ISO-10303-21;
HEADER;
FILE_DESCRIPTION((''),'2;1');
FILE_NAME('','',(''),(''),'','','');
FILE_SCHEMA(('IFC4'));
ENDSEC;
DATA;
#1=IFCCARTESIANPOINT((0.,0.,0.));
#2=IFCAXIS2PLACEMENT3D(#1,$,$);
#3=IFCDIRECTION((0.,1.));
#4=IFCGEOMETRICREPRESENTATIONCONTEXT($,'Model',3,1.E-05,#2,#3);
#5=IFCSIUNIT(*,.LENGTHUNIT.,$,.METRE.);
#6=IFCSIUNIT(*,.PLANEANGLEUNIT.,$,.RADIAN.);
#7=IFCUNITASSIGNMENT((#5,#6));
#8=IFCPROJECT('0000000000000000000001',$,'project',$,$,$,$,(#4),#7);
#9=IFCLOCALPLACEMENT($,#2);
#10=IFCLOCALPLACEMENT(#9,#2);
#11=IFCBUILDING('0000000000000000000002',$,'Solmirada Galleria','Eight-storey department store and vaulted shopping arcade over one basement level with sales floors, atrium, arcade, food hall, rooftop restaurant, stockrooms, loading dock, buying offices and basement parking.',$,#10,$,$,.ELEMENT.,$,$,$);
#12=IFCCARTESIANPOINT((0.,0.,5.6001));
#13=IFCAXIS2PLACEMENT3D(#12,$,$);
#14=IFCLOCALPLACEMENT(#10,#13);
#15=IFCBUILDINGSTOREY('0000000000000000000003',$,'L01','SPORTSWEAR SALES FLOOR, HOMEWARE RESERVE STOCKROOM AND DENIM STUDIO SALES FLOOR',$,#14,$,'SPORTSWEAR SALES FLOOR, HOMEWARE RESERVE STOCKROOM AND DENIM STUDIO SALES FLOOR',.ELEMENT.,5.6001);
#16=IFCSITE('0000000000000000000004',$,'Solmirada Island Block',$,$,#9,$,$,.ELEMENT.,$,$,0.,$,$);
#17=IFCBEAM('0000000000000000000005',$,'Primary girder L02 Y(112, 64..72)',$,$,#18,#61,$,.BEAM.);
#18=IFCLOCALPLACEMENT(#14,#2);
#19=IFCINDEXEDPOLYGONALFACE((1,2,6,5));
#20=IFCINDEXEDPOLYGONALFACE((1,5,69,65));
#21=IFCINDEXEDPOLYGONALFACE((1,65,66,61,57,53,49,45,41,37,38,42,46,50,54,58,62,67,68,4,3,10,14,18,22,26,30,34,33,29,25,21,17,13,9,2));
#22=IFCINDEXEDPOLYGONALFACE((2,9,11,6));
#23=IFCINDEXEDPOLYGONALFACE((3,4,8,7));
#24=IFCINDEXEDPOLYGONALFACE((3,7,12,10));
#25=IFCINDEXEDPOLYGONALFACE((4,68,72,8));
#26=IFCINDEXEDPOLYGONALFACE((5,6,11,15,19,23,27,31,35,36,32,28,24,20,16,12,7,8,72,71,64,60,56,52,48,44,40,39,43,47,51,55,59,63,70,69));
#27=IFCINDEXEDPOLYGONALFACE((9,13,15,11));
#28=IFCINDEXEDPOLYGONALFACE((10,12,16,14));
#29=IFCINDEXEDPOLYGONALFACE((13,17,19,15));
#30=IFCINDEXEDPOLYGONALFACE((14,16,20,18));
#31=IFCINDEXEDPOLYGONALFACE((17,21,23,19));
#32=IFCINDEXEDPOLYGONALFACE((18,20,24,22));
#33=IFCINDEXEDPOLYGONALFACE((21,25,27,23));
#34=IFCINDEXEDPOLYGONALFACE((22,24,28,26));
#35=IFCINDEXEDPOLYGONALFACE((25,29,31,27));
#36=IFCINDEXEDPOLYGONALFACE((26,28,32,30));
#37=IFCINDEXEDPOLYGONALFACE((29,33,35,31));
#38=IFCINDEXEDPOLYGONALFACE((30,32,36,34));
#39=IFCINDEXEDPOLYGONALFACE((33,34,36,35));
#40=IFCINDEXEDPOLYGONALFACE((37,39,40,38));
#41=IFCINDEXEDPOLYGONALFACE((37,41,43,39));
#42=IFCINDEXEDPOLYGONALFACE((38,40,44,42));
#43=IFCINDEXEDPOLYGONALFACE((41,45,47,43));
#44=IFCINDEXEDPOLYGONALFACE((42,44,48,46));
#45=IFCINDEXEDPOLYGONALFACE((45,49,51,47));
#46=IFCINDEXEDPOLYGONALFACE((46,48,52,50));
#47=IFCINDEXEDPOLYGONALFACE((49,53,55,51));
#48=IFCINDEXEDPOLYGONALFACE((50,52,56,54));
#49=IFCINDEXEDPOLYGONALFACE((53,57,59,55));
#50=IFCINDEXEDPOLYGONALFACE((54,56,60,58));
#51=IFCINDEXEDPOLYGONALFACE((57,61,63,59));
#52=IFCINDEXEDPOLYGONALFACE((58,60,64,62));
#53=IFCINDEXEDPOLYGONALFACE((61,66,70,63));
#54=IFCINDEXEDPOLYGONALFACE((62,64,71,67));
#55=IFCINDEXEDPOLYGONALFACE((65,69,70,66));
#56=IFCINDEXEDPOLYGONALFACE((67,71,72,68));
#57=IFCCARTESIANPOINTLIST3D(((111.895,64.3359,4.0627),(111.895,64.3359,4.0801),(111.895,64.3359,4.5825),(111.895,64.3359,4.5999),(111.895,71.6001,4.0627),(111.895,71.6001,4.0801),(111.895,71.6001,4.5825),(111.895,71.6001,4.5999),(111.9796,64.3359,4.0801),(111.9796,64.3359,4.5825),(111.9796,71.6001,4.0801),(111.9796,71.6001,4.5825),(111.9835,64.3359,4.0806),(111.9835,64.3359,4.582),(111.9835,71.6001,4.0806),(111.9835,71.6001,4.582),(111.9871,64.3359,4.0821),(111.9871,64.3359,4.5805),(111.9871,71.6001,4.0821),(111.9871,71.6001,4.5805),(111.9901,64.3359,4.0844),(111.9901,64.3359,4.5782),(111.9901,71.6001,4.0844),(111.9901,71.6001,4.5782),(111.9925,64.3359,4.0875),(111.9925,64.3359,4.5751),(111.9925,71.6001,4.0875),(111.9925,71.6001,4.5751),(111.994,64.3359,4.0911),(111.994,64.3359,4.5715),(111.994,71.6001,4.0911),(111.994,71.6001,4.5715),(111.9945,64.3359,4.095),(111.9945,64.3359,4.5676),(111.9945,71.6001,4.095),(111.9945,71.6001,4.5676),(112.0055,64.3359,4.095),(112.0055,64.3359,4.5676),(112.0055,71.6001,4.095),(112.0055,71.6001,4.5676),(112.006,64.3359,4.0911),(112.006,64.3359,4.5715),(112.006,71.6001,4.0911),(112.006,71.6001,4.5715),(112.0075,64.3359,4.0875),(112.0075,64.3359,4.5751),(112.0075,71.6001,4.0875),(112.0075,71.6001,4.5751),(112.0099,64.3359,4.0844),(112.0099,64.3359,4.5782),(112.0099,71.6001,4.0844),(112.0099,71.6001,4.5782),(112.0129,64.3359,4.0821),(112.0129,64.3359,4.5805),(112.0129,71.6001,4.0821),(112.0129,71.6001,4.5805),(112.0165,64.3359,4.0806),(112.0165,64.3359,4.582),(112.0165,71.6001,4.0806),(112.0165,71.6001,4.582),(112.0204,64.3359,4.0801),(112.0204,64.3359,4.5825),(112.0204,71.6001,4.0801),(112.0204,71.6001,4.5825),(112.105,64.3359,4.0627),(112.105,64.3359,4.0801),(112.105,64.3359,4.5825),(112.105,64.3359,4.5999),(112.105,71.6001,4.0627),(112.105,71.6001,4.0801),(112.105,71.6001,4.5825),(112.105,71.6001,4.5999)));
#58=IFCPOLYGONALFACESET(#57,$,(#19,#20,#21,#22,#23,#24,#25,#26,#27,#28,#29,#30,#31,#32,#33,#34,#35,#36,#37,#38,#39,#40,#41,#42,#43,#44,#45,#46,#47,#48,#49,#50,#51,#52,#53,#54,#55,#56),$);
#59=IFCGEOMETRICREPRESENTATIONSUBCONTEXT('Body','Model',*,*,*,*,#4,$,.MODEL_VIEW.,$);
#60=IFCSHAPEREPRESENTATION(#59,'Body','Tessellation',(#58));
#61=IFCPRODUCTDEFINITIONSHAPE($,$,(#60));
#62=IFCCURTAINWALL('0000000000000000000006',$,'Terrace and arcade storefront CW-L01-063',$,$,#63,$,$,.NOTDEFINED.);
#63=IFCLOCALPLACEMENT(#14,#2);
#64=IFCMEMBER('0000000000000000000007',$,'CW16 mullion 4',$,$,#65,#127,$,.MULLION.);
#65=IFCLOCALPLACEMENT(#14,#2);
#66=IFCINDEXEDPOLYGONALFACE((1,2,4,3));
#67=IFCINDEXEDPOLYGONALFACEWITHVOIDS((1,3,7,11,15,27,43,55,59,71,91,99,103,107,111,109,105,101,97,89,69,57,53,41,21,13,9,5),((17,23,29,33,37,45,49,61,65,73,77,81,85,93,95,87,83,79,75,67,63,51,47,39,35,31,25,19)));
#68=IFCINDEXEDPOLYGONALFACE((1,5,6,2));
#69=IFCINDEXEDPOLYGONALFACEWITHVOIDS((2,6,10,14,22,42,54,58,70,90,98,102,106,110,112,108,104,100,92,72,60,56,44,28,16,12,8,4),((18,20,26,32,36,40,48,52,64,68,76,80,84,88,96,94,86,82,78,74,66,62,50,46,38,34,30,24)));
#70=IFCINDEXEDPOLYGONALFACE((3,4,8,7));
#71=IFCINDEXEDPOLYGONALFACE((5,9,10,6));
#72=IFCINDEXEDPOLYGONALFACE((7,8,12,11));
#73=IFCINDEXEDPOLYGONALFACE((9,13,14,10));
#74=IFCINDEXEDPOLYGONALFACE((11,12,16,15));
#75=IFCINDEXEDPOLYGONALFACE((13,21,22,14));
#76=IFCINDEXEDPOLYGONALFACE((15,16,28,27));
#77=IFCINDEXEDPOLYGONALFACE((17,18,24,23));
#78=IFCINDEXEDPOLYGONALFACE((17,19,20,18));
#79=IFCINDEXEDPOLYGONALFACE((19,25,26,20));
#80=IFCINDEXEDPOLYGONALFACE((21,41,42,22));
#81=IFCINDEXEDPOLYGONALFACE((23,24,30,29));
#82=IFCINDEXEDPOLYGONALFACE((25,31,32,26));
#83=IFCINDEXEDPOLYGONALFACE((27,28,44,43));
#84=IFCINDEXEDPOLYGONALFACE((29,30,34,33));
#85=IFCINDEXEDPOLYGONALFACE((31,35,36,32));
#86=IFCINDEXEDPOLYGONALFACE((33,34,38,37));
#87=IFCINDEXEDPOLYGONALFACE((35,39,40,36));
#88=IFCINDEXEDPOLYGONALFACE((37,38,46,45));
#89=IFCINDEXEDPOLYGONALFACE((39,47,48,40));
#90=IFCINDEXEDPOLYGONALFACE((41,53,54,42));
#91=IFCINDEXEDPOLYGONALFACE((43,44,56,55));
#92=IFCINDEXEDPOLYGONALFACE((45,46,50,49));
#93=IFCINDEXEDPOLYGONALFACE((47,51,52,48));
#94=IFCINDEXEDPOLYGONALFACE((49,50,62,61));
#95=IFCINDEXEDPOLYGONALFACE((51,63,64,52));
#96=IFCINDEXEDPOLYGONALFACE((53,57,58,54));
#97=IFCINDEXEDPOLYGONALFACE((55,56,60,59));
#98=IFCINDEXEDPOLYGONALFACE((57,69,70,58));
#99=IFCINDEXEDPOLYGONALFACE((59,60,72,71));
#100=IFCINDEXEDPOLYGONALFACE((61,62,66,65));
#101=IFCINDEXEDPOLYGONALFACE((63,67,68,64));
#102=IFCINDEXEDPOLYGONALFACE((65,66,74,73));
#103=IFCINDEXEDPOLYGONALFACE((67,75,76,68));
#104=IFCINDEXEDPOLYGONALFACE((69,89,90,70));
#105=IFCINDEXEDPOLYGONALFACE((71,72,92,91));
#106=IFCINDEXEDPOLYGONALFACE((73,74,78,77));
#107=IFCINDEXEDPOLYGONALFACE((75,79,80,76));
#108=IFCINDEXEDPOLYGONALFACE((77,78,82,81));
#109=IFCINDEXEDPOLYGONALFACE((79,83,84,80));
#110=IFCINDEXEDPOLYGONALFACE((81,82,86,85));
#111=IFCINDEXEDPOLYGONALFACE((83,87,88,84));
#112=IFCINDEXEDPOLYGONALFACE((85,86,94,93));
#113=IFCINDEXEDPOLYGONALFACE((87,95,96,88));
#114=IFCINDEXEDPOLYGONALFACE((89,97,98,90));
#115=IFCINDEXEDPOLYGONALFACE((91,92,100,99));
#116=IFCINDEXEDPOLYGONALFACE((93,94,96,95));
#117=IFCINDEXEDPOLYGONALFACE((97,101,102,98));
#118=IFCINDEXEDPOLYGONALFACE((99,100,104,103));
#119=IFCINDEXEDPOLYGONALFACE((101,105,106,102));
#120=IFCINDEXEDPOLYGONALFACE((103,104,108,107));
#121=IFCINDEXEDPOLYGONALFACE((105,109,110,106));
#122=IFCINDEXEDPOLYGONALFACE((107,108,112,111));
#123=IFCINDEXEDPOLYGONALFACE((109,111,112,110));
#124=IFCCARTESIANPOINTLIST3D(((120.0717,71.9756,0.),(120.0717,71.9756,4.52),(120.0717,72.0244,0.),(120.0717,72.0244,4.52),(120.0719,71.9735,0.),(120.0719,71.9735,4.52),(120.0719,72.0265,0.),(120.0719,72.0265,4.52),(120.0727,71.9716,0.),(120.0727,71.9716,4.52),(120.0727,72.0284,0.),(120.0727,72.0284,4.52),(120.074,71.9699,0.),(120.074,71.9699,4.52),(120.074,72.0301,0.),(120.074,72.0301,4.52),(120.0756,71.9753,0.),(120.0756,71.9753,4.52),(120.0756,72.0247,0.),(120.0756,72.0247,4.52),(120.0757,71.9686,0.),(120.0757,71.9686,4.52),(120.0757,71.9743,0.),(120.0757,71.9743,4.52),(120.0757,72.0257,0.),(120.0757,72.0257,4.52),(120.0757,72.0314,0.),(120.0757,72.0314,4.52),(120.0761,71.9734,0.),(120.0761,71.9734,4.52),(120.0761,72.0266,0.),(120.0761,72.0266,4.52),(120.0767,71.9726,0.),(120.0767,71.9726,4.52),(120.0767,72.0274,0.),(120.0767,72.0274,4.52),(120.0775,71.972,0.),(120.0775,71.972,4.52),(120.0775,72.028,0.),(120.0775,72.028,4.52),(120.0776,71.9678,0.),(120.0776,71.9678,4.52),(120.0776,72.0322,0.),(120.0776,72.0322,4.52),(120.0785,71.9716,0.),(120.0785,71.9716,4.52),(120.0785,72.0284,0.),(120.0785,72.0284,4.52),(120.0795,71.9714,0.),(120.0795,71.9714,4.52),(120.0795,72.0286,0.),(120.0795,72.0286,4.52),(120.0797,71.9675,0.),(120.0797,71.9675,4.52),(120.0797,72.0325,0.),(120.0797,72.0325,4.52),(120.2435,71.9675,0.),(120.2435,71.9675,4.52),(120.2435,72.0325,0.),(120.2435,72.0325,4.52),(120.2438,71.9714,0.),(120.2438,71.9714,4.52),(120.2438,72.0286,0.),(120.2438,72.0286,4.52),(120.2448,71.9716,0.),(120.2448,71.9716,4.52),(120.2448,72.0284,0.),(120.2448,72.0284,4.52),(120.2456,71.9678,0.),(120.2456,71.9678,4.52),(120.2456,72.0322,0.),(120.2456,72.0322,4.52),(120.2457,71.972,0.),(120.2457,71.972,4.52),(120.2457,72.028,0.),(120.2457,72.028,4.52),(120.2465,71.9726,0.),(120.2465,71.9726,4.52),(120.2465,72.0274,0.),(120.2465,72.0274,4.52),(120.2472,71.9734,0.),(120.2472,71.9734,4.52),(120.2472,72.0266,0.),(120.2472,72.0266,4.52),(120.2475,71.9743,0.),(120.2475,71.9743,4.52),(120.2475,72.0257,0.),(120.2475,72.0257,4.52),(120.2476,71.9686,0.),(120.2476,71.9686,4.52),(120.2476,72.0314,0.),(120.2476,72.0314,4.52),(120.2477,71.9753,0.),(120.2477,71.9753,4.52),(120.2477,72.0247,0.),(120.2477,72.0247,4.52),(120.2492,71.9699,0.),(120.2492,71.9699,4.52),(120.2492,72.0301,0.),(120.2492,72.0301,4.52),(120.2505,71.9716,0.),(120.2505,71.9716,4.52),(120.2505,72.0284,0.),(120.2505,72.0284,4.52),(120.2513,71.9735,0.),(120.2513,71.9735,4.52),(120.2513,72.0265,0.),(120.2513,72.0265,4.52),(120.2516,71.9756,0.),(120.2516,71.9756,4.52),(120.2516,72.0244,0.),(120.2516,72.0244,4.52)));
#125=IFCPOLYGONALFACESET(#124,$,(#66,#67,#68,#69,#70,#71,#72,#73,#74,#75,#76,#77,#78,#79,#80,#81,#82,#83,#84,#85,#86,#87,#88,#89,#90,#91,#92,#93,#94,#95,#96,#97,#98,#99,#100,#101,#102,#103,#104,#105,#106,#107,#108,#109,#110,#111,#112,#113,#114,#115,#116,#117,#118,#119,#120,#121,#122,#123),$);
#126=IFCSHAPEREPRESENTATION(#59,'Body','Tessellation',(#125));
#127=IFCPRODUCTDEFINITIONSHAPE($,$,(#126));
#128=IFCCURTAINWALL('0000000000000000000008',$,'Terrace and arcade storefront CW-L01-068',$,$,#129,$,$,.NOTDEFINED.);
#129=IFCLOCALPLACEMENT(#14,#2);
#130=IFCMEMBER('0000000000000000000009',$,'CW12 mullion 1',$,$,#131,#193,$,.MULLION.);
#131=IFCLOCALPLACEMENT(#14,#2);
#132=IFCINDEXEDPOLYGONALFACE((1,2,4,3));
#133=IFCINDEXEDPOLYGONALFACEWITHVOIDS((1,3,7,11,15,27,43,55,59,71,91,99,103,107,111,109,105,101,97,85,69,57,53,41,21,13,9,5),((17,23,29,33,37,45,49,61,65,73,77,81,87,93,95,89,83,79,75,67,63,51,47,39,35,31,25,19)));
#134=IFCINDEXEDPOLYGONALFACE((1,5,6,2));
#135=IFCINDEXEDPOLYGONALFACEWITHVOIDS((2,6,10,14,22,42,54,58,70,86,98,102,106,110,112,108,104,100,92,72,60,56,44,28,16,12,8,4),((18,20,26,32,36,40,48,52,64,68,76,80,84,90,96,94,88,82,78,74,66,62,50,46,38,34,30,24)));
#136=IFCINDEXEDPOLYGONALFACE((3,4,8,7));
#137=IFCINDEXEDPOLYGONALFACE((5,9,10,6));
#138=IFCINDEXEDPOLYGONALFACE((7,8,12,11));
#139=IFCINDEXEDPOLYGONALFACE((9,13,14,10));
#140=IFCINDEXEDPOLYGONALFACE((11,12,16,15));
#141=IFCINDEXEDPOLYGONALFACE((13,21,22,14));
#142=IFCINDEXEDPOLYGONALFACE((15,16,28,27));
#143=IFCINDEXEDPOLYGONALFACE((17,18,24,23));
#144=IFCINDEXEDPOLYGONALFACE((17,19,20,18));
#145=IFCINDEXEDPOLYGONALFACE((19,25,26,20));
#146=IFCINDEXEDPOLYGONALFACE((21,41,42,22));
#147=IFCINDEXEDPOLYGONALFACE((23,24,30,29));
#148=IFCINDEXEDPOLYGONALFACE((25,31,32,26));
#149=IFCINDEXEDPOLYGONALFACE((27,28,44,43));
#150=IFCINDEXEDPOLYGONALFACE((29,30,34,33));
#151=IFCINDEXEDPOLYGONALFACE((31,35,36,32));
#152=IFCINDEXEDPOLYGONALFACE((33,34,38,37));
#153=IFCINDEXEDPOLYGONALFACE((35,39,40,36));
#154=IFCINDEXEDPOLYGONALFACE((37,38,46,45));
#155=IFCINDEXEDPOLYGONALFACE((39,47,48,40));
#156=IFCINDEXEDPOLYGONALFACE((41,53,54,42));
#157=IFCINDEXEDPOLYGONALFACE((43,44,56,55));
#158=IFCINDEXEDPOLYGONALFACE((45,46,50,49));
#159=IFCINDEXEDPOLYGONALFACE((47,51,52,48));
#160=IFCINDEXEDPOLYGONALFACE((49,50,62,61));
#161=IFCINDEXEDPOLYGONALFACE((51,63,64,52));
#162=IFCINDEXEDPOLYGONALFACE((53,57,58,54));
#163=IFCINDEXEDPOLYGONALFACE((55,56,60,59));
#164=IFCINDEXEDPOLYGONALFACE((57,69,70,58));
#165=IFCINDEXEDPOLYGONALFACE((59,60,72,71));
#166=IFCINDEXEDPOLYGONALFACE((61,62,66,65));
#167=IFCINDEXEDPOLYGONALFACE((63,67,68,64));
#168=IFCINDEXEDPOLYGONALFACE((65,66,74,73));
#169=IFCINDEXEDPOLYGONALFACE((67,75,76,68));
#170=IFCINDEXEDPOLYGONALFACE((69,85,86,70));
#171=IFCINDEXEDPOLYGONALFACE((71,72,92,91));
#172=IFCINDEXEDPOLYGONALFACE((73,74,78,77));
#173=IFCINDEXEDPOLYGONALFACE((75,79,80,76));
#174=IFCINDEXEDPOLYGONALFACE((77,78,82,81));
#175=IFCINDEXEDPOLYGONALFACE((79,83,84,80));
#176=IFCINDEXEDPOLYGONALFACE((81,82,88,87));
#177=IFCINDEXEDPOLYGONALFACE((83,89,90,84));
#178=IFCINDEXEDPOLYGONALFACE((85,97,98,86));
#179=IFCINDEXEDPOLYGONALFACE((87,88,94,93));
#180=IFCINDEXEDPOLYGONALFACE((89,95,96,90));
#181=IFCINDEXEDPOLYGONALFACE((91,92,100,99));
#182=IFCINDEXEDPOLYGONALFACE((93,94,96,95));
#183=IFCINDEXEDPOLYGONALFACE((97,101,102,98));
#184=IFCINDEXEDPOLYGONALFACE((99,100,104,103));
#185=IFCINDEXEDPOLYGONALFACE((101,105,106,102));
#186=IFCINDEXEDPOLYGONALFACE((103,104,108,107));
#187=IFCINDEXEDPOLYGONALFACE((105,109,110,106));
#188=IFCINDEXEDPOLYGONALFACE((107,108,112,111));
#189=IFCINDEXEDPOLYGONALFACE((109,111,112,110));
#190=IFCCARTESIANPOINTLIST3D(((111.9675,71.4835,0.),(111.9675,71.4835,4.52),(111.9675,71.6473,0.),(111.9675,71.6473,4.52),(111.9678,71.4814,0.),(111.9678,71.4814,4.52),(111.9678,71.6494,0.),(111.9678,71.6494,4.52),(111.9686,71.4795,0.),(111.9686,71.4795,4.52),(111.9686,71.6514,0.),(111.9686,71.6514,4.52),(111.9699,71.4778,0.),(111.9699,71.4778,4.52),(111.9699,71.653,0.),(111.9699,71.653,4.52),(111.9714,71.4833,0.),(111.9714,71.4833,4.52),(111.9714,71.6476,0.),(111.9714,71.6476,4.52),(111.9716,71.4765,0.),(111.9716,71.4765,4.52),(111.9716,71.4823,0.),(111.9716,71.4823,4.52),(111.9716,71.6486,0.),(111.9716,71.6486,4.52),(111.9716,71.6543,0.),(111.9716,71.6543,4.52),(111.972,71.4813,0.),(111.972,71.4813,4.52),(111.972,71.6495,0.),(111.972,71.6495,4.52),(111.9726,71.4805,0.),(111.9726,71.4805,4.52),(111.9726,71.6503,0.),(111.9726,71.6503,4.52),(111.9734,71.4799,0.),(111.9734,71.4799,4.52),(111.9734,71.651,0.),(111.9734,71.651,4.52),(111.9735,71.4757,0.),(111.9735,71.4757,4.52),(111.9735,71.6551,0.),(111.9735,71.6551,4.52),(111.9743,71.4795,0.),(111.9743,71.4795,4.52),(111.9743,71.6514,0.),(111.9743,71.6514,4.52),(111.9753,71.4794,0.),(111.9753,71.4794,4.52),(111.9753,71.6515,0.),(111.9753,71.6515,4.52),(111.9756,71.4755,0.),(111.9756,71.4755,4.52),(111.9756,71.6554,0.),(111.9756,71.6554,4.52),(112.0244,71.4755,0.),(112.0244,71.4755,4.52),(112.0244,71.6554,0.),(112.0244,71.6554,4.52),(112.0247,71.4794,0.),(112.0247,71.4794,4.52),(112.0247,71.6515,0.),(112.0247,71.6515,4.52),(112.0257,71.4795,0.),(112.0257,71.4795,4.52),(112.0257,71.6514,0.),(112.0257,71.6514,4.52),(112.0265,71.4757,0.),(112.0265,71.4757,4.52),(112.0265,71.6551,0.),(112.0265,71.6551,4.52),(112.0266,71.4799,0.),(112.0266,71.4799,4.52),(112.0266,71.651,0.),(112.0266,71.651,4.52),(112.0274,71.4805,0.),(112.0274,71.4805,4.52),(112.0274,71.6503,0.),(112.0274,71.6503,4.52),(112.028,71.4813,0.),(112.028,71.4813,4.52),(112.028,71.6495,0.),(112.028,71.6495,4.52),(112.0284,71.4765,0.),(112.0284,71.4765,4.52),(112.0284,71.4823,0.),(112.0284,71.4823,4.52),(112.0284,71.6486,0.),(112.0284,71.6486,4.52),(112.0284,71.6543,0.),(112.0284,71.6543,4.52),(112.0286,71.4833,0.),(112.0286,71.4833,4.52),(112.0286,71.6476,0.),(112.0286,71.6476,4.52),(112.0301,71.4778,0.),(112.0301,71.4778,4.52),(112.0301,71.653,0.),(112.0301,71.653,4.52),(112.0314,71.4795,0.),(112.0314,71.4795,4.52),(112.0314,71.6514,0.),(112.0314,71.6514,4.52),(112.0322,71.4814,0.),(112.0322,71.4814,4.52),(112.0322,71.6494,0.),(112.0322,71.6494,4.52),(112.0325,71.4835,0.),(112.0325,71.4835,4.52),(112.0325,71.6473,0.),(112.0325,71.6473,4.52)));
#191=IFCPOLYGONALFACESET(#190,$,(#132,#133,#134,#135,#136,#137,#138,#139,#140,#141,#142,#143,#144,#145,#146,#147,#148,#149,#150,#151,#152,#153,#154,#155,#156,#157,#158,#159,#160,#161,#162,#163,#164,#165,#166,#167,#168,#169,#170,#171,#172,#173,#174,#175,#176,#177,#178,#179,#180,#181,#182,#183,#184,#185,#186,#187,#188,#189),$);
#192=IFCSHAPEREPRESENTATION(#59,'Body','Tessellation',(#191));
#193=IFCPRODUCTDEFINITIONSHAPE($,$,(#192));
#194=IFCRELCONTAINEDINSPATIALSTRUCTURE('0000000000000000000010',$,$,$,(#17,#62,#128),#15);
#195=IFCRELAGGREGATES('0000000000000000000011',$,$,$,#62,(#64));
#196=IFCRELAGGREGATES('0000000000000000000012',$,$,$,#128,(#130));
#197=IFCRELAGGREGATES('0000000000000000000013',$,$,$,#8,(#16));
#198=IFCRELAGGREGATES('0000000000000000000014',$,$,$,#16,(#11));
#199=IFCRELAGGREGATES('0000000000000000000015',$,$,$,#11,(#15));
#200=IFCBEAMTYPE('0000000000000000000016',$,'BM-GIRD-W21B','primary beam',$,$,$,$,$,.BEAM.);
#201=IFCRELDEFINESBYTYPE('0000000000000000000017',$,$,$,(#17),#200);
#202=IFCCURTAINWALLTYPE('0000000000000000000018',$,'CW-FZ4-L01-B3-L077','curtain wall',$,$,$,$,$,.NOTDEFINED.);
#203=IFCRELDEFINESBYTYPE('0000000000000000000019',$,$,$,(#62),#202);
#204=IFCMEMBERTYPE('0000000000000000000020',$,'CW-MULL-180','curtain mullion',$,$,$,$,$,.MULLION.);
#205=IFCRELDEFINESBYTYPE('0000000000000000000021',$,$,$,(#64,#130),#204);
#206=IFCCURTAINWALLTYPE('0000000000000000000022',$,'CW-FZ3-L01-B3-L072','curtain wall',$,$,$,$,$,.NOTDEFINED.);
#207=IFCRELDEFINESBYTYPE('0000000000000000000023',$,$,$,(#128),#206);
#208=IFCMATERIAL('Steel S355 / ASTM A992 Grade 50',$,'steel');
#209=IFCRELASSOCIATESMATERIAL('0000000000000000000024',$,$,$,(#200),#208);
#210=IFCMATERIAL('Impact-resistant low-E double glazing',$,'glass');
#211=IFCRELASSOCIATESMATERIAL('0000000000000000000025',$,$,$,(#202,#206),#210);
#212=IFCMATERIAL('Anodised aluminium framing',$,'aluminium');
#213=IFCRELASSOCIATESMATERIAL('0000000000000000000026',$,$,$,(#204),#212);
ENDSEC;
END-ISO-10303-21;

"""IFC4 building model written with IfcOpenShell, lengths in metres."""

from ifc_helpers import new_model, si_unit, direction, frame, origin, origin_2d, place, context, subcontext, project, spatial, hollow_rectangle, i_section, extrude, material, material_profile, profile_set, type_object, element, aggregate, save


model = new_model("IFC4")

# Units and contexts
model_context = context("Model", 3, precision=1e-05, world=origin(), true_north=direction((0.0, 1.0)))
body_context = subcontext(model_context, "Body", "Model", "MODEL_VIEW")
ifc_project = project(units=[si_unit("LENGTHUNIT", "METRE"), si_unit("PLANEANGLEUNIT", "RADIAN")], contexts=[model_context])

# Site, building, storey
site_placement = place(None, origin())
site = spatial("IfcSite", under=ifc_project, at=site_placement, Name="Solmirada Island Block", CompositionType="ELEMENT", RefElevation=0.0)
building_placement = place(site_placement, origin())
building = spatial("IfcBuilding", under=site, at=building_placement, Name="Solmirada Galleria", Description="Eight-storey department store and vaulted shopping arcade over one basement level with sales floors, atrium, arcade, food hall, rooftop restaurant, stockrooms, loading dock, buying offices and basement parking.", CompositionType="ELEMENT")
storey_placement = place(building_placement, frame((0.0, 0.0, 5.6001)))
storey = spatial("IfcBuildingStorey", under=building, at=storey_placement, Name="L01", Description="SPORTSWEAR SALES FLOOR, HOMEWARE RESERVE STOCKROOM AND DENIM STUDIO SALES FLOOR", LongName="SPORTSWEAR SALES FLOOR, HOMEWARE RESERVE STOCKROOM AND DENIM STUDIO SALES FLOOR", CompositionType="ELEMENT", Elevation=5.6001)

# Beam
ifc_material_1 = material(Name="Steel S355 / ASTM A992 Grade 50", Category="steel")
ifc_material_profile_1 = material_profile(ifc_material_1, i_section(OverallWidth=0.21, OverallDepth=0.5371, WebThickness=0.011, FlangeThickness=0.0173, FilletRadius=0.0149, at=origin_2d()), Name="W21X68")
ifc_profile_set_1 = profile_set([ifc_material_profile_1], Name="Steel S355 / ASTM A992 Grade 50")
beam_type = type_object("IfcBeamType", Name="BM-GIRD-W21B", Description="primary beam", PredefinedType="BEAM", material=ifc_profile_set_1)
beam_1_placement = place(storey_placement, frame((112.0, 64.3359, 4.3313), z_axis=(0.0, 1.0, 0.0), x_axis=(-1.0, 0.0, 0.0)))
element("IfcBeam", 1, at=beam_1_placement, inside=storey, type_object=beam_type, Name="Primary girder L02 Y(112, 64..72)", PredefinedType="BEAM", context=body_context, shape_type="SweptSolid", body=[
    extrude(i_section(OverallWidth=0.21, OverallDepth=0.5371, WebThickness=0.011, FlangeThickness=0.0173, FilletRadius=0.0149, at=origin_2d()), origin(), (0.0, 0.0, 1.0), 7.2642),
])

# Curtain wall, member
ifc_material_2 = material(Name="Impact-resistant low-E double glazing", Category="glass")
curtain_wall_type_1 = type_object("IfcCurtainWallType", Name="CW-FZ4-L01-B3-L077", Description="curtain wall", PredefinedType="NOTDEFINED", material=ifc_material_2)
curtain_wall_1_placement = place(storey_placement, origin())
curtain_wall_1 = element("IfcCurtainWall", 2, at=curtain_wall_1_placement, inside=storey, type_object=curtain_wall_type_1, Name="Terrace and arcade storefront CW-L01-063", PredefinedType="NOTDEFINED")
ifc_material_3 = material(Name="Anodised aluminium framing", Category="aluminium")
ifc_material_profile_2 = material_profile(ifc_material_3, hollow_rectangle(XDim=0.0649, YDim=0.1799, WallThickness=0.0039, InnerFilletRadius=0.0039, OuterFilletRadius=0.0081, at=origin_2d()), Name="ALU-MULL-180X65")
ifc_profile_set_2 = profile_set([ifc_material_profile_2], Name="Anodised aluminium framing")
member_type_1 = type_object("IfcMemberType", Name="CW-MULL-180", Description="curtain mullion", PredefinedType="MULLION", material=ifc_profile_set_2)
member_1_placement = place(storey_placement, frame((120.1616, 72.0, 0.0), z_axis=(0.0, 0.0, 1.0), x_axis=(0.0, -1.0, 0.0)))
member_1 = element("IfcMember", 3, at=member_1_placement, type_object=member_type_1, Name="CW16 mullion 4", PredefinedType="MULLION", context=body_context, shape_type="SweptSolid", body=[
    extrude(hollow_rectangle(XDim=0.0649, YDim=0.1799, WallThickness=0.0039, InnerFilletRadius=0.0039, OuterFilletRadius=0.0081, at=origin_2d()), origin(), (0.0, 0.0, 1.0), 4.52),
])
aggregate(curtain_wall_1, [member_1])

# Curtain wall, member
curtain_wall_type_2 = type_object("IfcCurtainWallType", Name="CW-FZ3-L01-B3-L072", Description="curtain wall", PredefinedType="NOTDEFINED", material=ifc_material_2)
curtain_wall_2_placement = place(storey_placement, origin())
curtain_wall_2 = element("IfcCurtainWall", 4, at=curtain_wall_2_placement, inside=storey, type_object=curtain_wall_type_2, Name="Terrace and arcade storefront CW-L01-068", PredefinedType="NOTDEFINED")
member_2_placement = place(storey_placement, frame((112.0, 71.5654, 0.0), z_axis=(0.0, 0.0, 1.0), x_axis=(1.0, 0.0, 0.0)))
member_2 = element("IfcMember", 5, at=member_2_placement, type_object=member_type_1, Name="CW12 mullion 1", PredefinedType="MULLION", context=body_context, shape_type="SweptSolid", body=[
    extrude(hollow_rectangle(XDim=0.0649, YDim=0.1799, WallThickness=0.0039, InnerFilletRadius=0.0039, OuterFilletRadius=0.0081, at=origin_2d()), origin(), (0.0, 0.0, 1.0), 4.52),
])

aggregate(curtain_wall_2, [member_2])

save(model, "model.ifc")
